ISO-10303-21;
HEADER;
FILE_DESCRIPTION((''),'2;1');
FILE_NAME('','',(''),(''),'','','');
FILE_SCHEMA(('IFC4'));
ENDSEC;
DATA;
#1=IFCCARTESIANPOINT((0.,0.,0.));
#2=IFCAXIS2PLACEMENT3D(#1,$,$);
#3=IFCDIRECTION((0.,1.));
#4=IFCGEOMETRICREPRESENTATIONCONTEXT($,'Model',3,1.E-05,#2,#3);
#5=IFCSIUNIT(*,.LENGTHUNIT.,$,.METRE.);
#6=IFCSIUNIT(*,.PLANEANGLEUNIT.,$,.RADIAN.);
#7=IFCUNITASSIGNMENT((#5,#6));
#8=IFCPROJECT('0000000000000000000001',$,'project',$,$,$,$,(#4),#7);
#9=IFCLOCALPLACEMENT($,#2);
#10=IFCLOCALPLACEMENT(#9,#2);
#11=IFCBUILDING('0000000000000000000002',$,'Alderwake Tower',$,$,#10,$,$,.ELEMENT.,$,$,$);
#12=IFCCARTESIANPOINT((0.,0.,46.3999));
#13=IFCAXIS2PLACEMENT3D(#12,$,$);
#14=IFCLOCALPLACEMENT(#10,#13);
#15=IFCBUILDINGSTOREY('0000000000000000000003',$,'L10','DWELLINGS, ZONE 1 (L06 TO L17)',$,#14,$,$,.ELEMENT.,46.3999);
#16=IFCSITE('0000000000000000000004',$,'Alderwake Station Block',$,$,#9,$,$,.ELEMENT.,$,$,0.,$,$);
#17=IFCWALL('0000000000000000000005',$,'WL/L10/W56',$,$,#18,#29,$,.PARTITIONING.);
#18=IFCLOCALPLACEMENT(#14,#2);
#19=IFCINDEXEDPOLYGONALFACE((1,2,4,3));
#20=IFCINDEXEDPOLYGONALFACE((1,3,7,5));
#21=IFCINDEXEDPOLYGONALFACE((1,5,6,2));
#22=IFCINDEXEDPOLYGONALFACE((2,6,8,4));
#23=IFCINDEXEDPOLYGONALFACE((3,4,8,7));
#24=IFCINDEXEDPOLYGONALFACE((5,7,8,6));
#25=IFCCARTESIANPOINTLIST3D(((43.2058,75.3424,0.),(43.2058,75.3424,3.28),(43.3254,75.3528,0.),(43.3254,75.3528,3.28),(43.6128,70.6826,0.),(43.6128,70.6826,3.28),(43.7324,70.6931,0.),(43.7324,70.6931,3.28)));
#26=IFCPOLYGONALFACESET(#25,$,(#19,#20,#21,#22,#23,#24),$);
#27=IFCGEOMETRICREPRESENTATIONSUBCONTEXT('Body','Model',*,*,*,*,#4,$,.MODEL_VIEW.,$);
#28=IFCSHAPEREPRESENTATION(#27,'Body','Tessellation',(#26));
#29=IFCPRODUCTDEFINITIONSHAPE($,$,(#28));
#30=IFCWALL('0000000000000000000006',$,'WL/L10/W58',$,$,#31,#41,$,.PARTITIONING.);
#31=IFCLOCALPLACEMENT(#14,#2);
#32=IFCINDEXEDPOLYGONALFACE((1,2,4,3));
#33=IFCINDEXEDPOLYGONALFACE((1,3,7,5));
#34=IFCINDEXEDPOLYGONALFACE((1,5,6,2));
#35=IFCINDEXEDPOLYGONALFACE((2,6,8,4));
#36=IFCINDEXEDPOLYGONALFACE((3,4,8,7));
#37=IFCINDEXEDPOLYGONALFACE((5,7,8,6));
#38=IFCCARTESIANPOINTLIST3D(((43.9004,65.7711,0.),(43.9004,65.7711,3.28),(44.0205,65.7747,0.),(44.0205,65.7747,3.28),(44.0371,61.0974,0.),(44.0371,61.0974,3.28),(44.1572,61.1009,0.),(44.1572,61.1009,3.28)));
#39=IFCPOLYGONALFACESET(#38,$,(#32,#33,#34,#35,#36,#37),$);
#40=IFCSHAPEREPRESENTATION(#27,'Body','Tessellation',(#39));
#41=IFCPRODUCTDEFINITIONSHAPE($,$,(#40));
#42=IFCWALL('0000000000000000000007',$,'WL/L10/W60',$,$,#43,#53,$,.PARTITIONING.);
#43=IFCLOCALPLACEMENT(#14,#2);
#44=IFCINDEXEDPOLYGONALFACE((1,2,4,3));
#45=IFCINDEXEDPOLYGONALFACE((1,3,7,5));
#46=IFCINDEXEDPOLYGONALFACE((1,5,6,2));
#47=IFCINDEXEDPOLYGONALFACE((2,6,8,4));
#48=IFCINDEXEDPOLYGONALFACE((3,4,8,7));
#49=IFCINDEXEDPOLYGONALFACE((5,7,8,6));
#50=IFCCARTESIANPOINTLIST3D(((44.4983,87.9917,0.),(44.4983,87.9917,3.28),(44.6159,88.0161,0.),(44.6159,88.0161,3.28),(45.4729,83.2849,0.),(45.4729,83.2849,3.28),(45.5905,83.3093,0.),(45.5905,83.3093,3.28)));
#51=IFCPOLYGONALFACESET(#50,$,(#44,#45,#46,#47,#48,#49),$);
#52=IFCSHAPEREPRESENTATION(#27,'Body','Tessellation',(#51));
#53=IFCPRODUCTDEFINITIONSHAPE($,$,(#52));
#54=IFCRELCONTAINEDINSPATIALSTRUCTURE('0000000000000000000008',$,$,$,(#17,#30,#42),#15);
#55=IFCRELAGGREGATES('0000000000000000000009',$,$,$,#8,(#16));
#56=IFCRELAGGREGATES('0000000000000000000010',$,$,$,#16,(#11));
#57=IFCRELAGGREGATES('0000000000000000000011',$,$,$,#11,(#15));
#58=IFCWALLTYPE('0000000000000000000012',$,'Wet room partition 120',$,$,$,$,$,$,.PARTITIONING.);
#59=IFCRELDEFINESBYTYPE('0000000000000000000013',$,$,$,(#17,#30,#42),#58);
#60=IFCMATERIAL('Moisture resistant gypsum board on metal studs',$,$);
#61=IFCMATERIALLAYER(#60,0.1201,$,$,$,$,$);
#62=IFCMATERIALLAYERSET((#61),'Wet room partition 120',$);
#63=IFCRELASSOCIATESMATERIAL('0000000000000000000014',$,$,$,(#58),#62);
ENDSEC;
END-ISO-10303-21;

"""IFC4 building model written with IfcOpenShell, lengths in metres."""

from ifc_helpers import new_model, si_unit, direction, frame, frame_2d, origin, place, context, subcontext, project, spatial, rectangle, extrude, material, layer, layer_set, type_object, element, save


model = new_model("IFC4")

# Units and contexts
model_context = context("Model", 3, precision=1e-05, world=origin(), true_north=direction((0.0, 1.0)))
body_context = subcontext(model_context, "Body", "Model", "MODEL_VIEW")
ifc_project = project(units=[si_unit("LENGTHUNIT", "METRE"), si_unit("PLANEANGLEUNIT", "RADIAN")], contexts=[model_context])

# Site, building, storey
site_placement = place(None, origin())
site = spatial("IfcSite", under=ifc_project, at=site_placement, Name="Alderwake Station Block", CompositionType="ELEMENT", RefElevation=0.0)
building_placement = place(site_placement, origin())
building = spatial("IfcBuilding", under=site, at=building_placement, Name="Alderwake Tower", CompositionType="ELEMENT")
storey_placement = place(building_placement, frame((0.0, 0.0, 46.3999)))
storey = spatial("IfcBuildingStorey", under=building, at=storey_placement, Name="L10", Description="DWELLINGS, ZONE 1 (L06 TO L17)", CompositionType="ELEMENT", Elevation=46.3999)

# Walls
ifc_material_1 = material(Name="Moisture resistant gypsum board on metal studs")
ifc_layer_1 = layer(ifc_material_1, 0.1201)
ifc_layer_set_1 = layer_set([ifc_layer_1], Name="Wet room partition 120")
wall_type_1 = type_object("IfcWallType", Name="Wet room partition 120", PredefinedType="PARTITIONING", material=ifc_layer_set_1)
wall_1_placement = place(storey_placement, frame((43.6726, 70.6877, 0.0), z_axis=(0.0, 0.0, 1.0), x_axis=(-0.08701, 0.996207, 0.0)))
element("IfcWall", 1, at=wall_1_placement, inside=storey, type_object=wall_type_1, Name="WL/L10/W56", PredefinedType="PARTITIONING", context=body_context, shape_type="SweptSolid", body=[
    extrude(rectangle(XDim=4.6775, YDim=0.1201, at=frame_2d((2.3389, 0.0))), origin(), (0.0, 0.0, 1.0), 3.28),
])
wall_2_placement = place(storey_placement, frame((44.0972, 61.0991, 0.0), z_axis=(0.0, 0.0, 1.0), x_axis=(-0.029239, 0.999572, 0.0)))
element("IfcWall", 2, at=wall_2_placement, inside=storey, type_object=wall_type_1, Name="WL/L10/W58", PredefinedType="PARTITIONING", context=body_context, shape_type="SweptSolid", body=[
    extrude(rectangle(XDim=4.6758, YDim=0.1201, at=frame_2d((2.3379, 0.0))), origin(), (0.0, 0.0, 1.0), 3.28),
])
wall_3_placement = place(storey_placement, frame((45.5317, 83.2971, 0.0), z_axis=(0.0, 0.0, 1.0), x_axis=(-0.202763, 0.979228, 0.0)))
element("IfcWall", 3, at=wall_3_placement, inside=storey, type_object=wall_type_1, Name="WL/L10/W60", PredefinedType="PARTITIONING", context=body_context, shape_type="SweptSolid", body=[
    extrude(rectangle(XDim=4.8066, YDim=0.1201, at=frame_2d((2.4033, 0.0))), origin(), (0.0, 0.0, 1.0), 3.28),
])

save(model, "model.ifc")
